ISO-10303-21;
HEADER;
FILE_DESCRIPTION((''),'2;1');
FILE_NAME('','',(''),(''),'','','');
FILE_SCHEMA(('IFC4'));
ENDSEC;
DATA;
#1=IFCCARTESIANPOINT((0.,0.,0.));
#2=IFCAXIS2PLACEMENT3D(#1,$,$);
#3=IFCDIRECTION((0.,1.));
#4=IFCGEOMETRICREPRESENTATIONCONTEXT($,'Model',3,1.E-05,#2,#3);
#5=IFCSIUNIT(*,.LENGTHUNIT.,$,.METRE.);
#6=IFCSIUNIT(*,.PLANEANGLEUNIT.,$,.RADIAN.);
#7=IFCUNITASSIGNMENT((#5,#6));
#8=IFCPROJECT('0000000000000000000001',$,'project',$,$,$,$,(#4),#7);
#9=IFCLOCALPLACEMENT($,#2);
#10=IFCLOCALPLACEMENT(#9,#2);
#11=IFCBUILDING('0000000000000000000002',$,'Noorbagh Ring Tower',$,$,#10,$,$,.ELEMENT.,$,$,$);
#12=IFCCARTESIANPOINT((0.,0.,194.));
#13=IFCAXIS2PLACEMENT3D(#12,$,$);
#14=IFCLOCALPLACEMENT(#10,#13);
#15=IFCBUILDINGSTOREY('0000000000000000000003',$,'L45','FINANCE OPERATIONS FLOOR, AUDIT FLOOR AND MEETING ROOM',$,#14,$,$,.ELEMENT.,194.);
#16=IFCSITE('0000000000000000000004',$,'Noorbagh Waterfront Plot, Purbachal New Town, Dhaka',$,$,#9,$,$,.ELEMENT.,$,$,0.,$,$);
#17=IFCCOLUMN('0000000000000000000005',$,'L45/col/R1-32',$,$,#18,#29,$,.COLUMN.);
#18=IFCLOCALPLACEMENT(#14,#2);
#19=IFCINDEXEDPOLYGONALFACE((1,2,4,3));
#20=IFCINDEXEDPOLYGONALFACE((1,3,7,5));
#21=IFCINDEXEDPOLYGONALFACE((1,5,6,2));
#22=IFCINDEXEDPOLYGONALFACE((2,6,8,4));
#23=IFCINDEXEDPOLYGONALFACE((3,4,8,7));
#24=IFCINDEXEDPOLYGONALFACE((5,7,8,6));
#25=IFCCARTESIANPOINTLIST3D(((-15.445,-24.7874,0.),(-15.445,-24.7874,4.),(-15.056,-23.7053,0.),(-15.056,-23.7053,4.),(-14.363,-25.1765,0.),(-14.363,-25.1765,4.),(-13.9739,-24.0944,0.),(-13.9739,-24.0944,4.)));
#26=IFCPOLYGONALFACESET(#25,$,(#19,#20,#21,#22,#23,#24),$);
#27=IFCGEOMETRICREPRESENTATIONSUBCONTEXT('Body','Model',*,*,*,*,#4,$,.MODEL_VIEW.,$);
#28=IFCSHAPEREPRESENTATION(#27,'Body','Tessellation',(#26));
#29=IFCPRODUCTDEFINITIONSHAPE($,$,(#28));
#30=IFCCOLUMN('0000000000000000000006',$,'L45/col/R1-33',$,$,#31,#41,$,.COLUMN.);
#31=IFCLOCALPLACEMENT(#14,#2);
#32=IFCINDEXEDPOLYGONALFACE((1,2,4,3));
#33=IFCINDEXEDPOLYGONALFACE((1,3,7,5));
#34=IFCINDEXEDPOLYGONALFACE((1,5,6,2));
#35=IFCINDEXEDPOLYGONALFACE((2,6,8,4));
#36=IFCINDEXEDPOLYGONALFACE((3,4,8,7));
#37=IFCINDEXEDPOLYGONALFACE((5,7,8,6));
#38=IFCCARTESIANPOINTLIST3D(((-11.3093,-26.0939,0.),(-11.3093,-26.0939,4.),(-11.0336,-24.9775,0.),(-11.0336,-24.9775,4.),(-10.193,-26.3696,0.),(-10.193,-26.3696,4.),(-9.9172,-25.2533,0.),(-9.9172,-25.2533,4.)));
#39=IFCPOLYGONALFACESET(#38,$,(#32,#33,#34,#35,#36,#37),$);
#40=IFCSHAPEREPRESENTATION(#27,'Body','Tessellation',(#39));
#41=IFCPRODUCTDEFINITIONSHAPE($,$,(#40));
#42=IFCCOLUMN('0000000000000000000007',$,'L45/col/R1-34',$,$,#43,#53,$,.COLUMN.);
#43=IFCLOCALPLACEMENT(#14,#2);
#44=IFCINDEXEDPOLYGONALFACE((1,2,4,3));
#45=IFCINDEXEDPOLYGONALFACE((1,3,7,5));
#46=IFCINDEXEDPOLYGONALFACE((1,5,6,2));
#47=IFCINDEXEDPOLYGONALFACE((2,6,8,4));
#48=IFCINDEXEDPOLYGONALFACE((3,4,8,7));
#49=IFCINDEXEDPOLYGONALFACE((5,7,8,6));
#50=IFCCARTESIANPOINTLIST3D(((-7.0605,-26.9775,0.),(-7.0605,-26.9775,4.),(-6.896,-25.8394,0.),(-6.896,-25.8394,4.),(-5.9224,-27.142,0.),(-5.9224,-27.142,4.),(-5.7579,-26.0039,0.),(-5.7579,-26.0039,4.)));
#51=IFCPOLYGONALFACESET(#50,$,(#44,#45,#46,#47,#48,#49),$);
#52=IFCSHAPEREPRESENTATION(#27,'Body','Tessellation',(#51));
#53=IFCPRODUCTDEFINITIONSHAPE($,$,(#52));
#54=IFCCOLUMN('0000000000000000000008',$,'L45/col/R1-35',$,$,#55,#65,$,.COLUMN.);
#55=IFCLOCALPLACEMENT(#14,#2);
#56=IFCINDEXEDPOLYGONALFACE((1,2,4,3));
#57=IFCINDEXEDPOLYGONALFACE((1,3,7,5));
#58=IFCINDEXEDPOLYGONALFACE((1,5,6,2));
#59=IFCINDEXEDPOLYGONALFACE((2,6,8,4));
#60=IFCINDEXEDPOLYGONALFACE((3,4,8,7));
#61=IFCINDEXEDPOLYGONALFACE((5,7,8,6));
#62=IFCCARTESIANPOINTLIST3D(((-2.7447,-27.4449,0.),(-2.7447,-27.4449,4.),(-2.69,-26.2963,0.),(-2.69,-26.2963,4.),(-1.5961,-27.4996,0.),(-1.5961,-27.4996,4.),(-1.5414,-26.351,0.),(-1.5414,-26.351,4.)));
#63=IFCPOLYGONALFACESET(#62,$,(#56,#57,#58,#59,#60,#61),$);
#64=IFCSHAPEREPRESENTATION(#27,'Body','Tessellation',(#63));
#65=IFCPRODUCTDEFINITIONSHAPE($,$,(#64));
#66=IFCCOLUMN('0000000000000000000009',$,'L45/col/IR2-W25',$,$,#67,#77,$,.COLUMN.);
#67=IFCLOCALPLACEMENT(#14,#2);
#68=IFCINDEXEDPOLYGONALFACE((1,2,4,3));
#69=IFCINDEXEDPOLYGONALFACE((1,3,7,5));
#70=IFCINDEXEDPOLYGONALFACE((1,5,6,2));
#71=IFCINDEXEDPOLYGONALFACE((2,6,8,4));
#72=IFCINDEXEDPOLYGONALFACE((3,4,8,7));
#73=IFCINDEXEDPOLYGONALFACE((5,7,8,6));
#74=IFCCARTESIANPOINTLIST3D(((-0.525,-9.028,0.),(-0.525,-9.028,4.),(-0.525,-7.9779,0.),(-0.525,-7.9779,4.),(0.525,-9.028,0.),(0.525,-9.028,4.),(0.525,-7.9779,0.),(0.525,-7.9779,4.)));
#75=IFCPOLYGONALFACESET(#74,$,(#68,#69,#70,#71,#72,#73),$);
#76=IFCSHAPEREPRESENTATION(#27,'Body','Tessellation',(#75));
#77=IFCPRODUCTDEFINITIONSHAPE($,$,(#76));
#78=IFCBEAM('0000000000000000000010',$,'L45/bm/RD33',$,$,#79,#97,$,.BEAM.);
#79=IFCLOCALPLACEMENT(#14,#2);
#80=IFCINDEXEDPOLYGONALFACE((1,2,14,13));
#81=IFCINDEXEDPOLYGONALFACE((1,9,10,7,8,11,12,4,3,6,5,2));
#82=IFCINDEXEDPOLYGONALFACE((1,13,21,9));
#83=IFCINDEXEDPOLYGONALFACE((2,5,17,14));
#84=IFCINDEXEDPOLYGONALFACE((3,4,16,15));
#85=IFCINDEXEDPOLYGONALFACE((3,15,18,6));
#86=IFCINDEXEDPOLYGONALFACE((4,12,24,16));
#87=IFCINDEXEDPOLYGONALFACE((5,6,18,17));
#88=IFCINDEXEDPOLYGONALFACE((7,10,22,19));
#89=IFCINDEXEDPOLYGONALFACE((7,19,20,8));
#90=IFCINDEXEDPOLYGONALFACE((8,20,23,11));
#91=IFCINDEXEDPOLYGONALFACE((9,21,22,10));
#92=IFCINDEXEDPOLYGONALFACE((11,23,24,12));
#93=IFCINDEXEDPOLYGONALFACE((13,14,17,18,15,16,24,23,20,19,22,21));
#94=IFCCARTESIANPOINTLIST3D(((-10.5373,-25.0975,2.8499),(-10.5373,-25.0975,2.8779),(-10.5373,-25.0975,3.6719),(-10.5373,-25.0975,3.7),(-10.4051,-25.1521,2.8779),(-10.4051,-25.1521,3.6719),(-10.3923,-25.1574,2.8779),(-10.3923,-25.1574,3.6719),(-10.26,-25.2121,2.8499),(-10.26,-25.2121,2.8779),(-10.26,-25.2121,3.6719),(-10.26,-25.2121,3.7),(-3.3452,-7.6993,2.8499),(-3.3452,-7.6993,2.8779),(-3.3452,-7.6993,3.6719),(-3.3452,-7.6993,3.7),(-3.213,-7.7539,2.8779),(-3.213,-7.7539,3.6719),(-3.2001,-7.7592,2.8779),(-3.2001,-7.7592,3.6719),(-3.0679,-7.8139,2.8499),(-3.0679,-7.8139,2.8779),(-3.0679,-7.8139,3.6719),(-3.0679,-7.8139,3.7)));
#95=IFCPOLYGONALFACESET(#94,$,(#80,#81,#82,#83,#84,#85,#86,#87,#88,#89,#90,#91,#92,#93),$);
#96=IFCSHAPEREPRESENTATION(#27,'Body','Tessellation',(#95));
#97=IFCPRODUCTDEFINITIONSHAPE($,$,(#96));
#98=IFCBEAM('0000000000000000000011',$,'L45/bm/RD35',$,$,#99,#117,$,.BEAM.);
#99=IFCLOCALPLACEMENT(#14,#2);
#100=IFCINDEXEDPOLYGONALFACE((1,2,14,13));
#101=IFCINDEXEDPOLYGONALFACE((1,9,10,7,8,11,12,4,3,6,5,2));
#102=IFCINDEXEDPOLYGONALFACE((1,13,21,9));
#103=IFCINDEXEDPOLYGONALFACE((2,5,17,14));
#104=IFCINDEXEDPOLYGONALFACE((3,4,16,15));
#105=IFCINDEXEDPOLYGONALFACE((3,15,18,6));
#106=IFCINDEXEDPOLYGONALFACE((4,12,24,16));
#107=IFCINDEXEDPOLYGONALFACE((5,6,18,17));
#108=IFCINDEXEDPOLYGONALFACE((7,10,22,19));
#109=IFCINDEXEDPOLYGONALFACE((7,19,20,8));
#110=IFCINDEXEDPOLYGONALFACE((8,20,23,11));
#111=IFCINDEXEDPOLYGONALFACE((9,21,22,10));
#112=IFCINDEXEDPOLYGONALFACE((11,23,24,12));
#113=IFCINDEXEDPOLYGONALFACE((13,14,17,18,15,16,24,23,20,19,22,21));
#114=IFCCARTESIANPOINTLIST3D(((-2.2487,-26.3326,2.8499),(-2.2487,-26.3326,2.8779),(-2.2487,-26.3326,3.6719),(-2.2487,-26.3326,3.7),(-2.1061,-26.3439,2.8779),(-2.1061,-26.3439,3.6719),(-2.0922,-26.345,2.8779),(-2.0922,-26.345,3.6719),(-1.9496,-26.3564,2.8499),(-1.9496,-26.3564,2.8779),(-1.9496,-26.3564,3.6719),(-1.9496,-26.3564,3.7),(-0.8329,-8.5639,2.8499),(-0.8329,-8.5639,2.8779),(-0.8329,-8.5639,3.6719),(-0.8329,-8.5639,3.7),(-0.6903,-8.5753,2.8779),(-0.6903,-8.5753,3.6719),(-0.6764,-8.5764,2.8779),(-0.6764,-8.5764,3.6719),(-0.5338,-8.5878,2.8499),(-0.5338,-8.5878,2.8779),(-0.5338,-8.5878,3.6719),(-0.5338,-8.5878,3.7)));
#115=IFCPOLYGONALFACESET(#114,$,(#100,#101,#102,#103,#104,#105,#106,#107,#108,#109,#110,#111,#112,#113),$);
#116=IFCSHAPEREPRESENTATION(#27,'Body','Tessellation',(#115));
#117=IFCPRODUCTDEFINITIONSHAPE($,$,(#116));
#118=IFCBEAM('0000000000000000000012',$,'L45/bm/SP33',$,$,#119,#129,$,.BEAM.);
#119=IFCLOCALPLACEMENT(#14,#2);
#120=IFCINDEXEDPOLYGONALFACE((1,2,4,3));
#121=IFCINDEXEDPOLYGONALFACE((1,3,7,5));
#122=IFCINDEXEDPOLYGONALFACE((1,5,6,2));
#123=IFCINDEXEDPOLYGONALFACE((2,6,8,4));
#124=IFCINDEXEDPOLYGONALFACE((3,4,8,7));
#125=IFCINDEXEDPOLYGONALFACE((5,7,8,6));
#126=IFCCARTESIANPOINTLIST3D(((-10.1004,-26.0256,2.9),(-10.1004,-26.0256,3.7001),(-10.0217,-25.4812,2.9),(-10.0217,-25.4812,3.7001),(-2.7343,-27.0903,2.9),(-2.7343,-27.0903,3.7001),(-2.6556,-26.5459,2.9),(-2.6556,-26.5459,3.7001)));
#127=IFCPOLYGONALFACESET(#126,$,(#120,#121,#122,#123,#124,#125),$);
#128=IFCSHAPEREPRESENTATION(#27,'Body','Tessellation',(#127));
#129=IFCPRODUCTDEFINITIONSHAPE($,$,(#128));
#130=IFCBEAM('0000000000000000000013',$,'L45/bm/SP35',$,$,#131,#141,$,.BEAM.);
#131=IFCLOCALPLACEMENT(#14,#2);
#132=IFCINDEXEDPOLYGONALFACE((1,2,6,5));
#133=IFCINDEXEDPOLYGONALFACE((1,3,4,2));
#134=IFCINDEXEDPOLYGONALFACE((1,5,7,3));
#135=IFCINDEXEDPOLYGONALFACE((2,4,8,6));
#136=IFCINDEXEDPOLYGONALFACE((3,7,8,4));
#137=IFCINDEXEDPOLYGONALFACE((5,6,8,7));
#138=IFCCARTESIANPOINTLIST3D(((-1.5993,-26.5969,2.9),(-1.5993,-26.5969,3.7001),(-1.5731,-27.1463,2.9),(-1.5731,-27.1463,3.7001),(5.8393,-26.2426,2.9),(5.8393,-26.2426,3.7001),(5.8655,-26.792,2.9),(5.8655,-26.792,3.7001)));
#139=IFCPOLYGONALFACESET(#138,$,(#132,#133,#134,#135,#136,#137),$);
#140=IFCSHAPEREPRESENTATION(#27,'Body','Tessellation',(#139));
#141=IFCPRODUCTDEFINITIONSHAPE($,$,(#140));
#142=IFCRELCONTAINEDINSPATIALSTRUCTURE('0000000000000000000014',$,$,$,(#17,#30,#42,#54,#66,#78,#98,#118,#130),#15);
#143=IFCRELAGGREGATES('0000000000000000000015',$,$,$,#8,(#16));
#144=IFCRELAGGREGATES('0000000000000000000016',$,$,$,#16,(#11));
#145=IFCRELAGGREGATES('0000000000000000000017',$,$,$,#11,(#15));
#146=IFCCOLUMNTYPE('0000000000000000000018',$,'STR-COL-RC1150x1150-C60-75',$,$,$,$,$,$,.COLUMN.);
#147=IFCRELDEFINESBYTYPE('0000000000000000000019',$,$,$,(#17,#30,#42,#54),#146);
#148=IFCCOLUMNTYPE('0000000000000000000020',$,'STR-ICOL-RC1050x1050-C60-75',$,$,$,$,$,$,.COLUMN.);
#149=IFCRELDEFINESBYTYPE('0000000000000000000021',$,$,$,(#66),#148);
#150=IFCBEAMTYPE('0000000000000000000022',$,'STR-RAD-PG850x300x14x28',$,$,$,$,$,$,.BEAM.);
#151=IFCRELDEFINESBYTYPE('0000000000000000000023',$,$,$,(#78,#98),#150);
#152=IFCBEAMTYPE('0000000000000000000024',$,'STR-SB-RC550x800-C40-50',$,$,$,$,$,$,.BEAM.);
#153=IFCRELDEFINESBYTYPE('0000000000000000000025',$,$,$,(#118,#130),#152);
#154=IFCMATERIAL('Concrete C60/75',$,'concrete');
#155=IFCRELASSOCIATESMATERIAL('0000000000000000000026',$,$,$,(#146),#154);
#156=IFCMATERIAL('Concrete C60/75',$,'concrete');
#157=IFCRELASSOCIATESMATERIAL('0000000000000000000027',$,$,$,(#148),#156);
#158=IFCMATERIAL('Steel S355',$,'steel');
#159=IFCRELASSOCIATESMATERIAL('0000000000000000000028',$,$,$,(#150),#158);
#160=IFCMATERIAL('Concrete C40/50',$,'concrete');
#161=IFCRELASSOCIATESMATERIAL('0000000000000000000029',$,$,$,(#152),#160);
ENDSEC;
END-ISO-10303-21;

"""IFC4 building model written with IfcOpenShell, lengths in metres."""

from ifc_helpers import new_model, si_unit, direction, frame, origin, origin_2d, place, context, subcontext, project, spatial, rectangle, i_section, extrude, material, material_profile, profile_set, type_object, element, save


model = new_model("IFC4")

# Units and contexts
model_context = context("Model", 3, precision=1e-05, world=origin(), true_north=direction((0.0, 1.0)))
body_context = subcontext(model_context, "Body", "Model", "MODEL_VIEW")
ifc_project = project(units=[si_unit("LENGTHUNIT", "METRE"), si_unit("PLANEANGLEUNIT", "RADIAN")], contexts=[model_context])

# Site, building, storey
site_placement = place(None, origin())
site = spatial("IfcSite", under=ifc_project, at=site_placement, Name="Noorbagh Waterfront Plot, Purbachal New Town, Dhaka", CompositionType="ELEMENT", RefElevation=0.0)
building_placement = place(site_placement, origin())
building = spatial("IfcBuilding", under=site, at=building_placement, Name="Noorbagh Ring Tower", CompositionType="ELEMENT")
storey_placement = place(building_placement, frame((0.0, 0.0, 194.0)))
storey = spatial("IfcBuildingStorey", under=building, at=storey_placement, Name="L45", Description="FINANCE OPERATIONS FLOOR, AUDIT FLOOR AND MEETING ROOM", CompositionType="ELEMENT", Elevation=194.0)

# Columns
ifc_material_1 = material(Name="Concrete C60/75", Category="concrete")
ifc_material_profile_1 = material_profile(ifc_material_1, rectangle(XDim=1.1499, YDim=1.1499, at=origin_2d()), Name="RC1150x1150")
ifc_profile_set_1 = profile_set([ifc_material_profile_1], Name="Concrete C60/75")
column_type_1 = type_object("IfcColumnType", Name="STR-COL-RC1150x1150-C60-75", PredefinedType="COLUMN", material=ifc_profile_set_1)
for number, where, z_axis, x_axis, name in (
    (1, (-14.7095, -24.4409, 0.0), (0.0, 0.0, 1.0), (0.941025, -0.338338, 0.0), "L45/col/R1-32"),
    (2, (-10.6133, -25.6736, 0.0), (0.0, 0.0, 1.0), (0.970829, -0.239771, 0.0), "L45/col/R1-33"),
    (3, (-6.4092, -26.4907, 0.0), (0.0, 0.0, 1.0), (0.989713, -0.143066, 0.0), "L45/col/R1-34"),
    (4, (-2.1431, -26.8979, 0.0), (0.0, 0.0, 1.0), (0.998869, -0.047553, 0.0), "L45/col/R1-35"),
):
    element("IfcColumn", number, at=place(storey_placement, frame(where, z_axis=z_axis, x_axis=x_axis)), inside=storey, type_object=column_type_1, Name=name, PredefinedType="COLUMN", context=body_context, shape_type="SweptSolid", body=[
        extrude(rectangle(XDim=1.1499, YDim=1.1499, at=origin_2d()), origin(), (0.0, 0.0, 1.0), 4.0),
    ])
ifc_material_2 = material(Name="Concrete C60/75", Category="concrete")
ifc_material_profile_2 = material_profile(ifc_material_2, rectangle(XDim=1.05, YDim=1.05, at=origin_2d()), Name="RC1050x1050")
ifc_profile_set_2 = profile_set([ifc_material_profile_2], Name="Concrete C60/75")
column_type_2 = type_object("IfcColumnType", Name="STR-ICOL-RC1050x1050-C60-75", PredefinedType="COLUMN", material=ifc_profile_set_2)
column_placement = place(storey_placement, frame((0.0, -8.5029, 0.0), z_axis=(0.0, 0.0, 1.0), x_axis=(1.0, 0.0, 0.0)))
element("IfcColumn", 5, at=column_placement, inside=storey, type_object=column_type_2, Name="L45/col/IR2-W25", PredefinedType="COLUMN", context=body_context, shape_type="SweptSolid", body=[
    extrude(rectangle(XDim=1.05, YDim=1.05, at=origin_2d()), origin(), (0.0, 0.0, 1.0), 4.0),
])

# Beams
ifc_material_3 = material(Name="Steel S355", Category="steel")
ifc_material_profile_3 = material_profile(ifc_material_3, i_section(OverallWidth=0.3, OverallDepth=0.8501, WebThickness=0.0139, FlangeThickness=0.0281, at=origin_2d()), Name="PG850x300x14x28")
ifc_profile_set_3 = profile_set([ifc_material_profile_3], Name="Steel S355")
beam_type_1 = type_object("IfcBeamType", Name="STR-RAD-PG850x300x14x28", PredefinedType="BEAM", material=ifc_profile_set_3)
beam_1_placement = place(storey_placement, frame((-10.3987, -25.1548, 3.2749), z_axis=(0.382029, 0.92415, 0.0), x_axis=(-0.92415, 0.382029, 0.0)))
element("IfcBeam", 6, at=beam_1_placement, inside=storey, type_object=beam_type_1, Name="L45/bm/RD33", PredefinedType="BEAM", context=body_context, shape_type="SweptSolid", body=[
    extrude(i_section(OverallWidth=0.3, OverallDepth=0.8501, WebThickness=0.0139, FlangeThickness=0.0281, at=origin_2d()), origin(), (0.0, 0.0, 1.0), 18.8262),
])
beam_2_placement = place(storey_placement, frame((-2.0991, -26.3445, 3.2749), z_axis=(0.079427, 0.996841, 0.0), x_axis=(-0.996841, 0.079427, 0.0)))
element("IfcBeam", 7, at=beam_2_placement, inside=storey, type_object=beam_type_1, Name="L45/bm/RD35", PredefinedType="BEAM", context=body_context, shape_type="SweptSolid", body=[
    extrude(i_section(OverallWidth=0.3, OverallDepth=0.8501, WebThickness=0.0139, FlangeThickness=0.0281, at=origin_2d()), origin(), (0.0, 0.0, 1.0), 17.825),
])
ifc_material_4 = material(Name="Concrete C40/50", Category="concrete")
ifc_material_profile_4 = material_profile(ifc_material_4, rectangle(XDim=0.55, YDim=0.8, at=origin_2d()), Name="RC550x800")
ifc_profile_set_4 = profile_set([ifc_material_profile_4], Name="Concrete C40/50")
beam_type_2 = type_object("IfcBeamType", Name="STR-SB-RC550x800-C40-50", PredefinedType="BEAM", material=ifc_profile_set_4)
beam_3_placement = place(storey_placement, frame((-10.061, -25.7534, 3.3), z_axis=(0.989715, -0.143056, 0.0), x_axis=(0.143056, 0.989715, 0.0)))
element("IfcBeam", 8, at=beam_3_placement, inside=storey, type_object=beam_type_2, Name="L45/bm/SP33", PredefinedType="BEAM", context=body_context, shape_type="SweptSolid", body=[
    extrude(rectangle(XDim=0.55, YDim=0.8, at=origin_2d()), origin(), (0.0, 0.0, 1.0), 7.4426),
])
beam_4_placement = place(storey_placement, frame((-1.5862, -26.8716, 3.3), z_axis=(0.998868, 0.04757, 0.0), x_axis=(-0.04757, 0.998868, 0.0)))
element("IfcBeam", 9, at=beam_4_placement, inside=storey, type_object=beam_type_2, Name="L45/bm/SP35", PredefinedType="BEAM", context=body_context, shape_type="SweptSolid", body=[
    extrude(rectangle(XDim=0.55, YDim=0.8, at=origin_2d()), origin(), (0.0, 0.0, 1.0), 7.447),
])

save(model, "model.ifc")
